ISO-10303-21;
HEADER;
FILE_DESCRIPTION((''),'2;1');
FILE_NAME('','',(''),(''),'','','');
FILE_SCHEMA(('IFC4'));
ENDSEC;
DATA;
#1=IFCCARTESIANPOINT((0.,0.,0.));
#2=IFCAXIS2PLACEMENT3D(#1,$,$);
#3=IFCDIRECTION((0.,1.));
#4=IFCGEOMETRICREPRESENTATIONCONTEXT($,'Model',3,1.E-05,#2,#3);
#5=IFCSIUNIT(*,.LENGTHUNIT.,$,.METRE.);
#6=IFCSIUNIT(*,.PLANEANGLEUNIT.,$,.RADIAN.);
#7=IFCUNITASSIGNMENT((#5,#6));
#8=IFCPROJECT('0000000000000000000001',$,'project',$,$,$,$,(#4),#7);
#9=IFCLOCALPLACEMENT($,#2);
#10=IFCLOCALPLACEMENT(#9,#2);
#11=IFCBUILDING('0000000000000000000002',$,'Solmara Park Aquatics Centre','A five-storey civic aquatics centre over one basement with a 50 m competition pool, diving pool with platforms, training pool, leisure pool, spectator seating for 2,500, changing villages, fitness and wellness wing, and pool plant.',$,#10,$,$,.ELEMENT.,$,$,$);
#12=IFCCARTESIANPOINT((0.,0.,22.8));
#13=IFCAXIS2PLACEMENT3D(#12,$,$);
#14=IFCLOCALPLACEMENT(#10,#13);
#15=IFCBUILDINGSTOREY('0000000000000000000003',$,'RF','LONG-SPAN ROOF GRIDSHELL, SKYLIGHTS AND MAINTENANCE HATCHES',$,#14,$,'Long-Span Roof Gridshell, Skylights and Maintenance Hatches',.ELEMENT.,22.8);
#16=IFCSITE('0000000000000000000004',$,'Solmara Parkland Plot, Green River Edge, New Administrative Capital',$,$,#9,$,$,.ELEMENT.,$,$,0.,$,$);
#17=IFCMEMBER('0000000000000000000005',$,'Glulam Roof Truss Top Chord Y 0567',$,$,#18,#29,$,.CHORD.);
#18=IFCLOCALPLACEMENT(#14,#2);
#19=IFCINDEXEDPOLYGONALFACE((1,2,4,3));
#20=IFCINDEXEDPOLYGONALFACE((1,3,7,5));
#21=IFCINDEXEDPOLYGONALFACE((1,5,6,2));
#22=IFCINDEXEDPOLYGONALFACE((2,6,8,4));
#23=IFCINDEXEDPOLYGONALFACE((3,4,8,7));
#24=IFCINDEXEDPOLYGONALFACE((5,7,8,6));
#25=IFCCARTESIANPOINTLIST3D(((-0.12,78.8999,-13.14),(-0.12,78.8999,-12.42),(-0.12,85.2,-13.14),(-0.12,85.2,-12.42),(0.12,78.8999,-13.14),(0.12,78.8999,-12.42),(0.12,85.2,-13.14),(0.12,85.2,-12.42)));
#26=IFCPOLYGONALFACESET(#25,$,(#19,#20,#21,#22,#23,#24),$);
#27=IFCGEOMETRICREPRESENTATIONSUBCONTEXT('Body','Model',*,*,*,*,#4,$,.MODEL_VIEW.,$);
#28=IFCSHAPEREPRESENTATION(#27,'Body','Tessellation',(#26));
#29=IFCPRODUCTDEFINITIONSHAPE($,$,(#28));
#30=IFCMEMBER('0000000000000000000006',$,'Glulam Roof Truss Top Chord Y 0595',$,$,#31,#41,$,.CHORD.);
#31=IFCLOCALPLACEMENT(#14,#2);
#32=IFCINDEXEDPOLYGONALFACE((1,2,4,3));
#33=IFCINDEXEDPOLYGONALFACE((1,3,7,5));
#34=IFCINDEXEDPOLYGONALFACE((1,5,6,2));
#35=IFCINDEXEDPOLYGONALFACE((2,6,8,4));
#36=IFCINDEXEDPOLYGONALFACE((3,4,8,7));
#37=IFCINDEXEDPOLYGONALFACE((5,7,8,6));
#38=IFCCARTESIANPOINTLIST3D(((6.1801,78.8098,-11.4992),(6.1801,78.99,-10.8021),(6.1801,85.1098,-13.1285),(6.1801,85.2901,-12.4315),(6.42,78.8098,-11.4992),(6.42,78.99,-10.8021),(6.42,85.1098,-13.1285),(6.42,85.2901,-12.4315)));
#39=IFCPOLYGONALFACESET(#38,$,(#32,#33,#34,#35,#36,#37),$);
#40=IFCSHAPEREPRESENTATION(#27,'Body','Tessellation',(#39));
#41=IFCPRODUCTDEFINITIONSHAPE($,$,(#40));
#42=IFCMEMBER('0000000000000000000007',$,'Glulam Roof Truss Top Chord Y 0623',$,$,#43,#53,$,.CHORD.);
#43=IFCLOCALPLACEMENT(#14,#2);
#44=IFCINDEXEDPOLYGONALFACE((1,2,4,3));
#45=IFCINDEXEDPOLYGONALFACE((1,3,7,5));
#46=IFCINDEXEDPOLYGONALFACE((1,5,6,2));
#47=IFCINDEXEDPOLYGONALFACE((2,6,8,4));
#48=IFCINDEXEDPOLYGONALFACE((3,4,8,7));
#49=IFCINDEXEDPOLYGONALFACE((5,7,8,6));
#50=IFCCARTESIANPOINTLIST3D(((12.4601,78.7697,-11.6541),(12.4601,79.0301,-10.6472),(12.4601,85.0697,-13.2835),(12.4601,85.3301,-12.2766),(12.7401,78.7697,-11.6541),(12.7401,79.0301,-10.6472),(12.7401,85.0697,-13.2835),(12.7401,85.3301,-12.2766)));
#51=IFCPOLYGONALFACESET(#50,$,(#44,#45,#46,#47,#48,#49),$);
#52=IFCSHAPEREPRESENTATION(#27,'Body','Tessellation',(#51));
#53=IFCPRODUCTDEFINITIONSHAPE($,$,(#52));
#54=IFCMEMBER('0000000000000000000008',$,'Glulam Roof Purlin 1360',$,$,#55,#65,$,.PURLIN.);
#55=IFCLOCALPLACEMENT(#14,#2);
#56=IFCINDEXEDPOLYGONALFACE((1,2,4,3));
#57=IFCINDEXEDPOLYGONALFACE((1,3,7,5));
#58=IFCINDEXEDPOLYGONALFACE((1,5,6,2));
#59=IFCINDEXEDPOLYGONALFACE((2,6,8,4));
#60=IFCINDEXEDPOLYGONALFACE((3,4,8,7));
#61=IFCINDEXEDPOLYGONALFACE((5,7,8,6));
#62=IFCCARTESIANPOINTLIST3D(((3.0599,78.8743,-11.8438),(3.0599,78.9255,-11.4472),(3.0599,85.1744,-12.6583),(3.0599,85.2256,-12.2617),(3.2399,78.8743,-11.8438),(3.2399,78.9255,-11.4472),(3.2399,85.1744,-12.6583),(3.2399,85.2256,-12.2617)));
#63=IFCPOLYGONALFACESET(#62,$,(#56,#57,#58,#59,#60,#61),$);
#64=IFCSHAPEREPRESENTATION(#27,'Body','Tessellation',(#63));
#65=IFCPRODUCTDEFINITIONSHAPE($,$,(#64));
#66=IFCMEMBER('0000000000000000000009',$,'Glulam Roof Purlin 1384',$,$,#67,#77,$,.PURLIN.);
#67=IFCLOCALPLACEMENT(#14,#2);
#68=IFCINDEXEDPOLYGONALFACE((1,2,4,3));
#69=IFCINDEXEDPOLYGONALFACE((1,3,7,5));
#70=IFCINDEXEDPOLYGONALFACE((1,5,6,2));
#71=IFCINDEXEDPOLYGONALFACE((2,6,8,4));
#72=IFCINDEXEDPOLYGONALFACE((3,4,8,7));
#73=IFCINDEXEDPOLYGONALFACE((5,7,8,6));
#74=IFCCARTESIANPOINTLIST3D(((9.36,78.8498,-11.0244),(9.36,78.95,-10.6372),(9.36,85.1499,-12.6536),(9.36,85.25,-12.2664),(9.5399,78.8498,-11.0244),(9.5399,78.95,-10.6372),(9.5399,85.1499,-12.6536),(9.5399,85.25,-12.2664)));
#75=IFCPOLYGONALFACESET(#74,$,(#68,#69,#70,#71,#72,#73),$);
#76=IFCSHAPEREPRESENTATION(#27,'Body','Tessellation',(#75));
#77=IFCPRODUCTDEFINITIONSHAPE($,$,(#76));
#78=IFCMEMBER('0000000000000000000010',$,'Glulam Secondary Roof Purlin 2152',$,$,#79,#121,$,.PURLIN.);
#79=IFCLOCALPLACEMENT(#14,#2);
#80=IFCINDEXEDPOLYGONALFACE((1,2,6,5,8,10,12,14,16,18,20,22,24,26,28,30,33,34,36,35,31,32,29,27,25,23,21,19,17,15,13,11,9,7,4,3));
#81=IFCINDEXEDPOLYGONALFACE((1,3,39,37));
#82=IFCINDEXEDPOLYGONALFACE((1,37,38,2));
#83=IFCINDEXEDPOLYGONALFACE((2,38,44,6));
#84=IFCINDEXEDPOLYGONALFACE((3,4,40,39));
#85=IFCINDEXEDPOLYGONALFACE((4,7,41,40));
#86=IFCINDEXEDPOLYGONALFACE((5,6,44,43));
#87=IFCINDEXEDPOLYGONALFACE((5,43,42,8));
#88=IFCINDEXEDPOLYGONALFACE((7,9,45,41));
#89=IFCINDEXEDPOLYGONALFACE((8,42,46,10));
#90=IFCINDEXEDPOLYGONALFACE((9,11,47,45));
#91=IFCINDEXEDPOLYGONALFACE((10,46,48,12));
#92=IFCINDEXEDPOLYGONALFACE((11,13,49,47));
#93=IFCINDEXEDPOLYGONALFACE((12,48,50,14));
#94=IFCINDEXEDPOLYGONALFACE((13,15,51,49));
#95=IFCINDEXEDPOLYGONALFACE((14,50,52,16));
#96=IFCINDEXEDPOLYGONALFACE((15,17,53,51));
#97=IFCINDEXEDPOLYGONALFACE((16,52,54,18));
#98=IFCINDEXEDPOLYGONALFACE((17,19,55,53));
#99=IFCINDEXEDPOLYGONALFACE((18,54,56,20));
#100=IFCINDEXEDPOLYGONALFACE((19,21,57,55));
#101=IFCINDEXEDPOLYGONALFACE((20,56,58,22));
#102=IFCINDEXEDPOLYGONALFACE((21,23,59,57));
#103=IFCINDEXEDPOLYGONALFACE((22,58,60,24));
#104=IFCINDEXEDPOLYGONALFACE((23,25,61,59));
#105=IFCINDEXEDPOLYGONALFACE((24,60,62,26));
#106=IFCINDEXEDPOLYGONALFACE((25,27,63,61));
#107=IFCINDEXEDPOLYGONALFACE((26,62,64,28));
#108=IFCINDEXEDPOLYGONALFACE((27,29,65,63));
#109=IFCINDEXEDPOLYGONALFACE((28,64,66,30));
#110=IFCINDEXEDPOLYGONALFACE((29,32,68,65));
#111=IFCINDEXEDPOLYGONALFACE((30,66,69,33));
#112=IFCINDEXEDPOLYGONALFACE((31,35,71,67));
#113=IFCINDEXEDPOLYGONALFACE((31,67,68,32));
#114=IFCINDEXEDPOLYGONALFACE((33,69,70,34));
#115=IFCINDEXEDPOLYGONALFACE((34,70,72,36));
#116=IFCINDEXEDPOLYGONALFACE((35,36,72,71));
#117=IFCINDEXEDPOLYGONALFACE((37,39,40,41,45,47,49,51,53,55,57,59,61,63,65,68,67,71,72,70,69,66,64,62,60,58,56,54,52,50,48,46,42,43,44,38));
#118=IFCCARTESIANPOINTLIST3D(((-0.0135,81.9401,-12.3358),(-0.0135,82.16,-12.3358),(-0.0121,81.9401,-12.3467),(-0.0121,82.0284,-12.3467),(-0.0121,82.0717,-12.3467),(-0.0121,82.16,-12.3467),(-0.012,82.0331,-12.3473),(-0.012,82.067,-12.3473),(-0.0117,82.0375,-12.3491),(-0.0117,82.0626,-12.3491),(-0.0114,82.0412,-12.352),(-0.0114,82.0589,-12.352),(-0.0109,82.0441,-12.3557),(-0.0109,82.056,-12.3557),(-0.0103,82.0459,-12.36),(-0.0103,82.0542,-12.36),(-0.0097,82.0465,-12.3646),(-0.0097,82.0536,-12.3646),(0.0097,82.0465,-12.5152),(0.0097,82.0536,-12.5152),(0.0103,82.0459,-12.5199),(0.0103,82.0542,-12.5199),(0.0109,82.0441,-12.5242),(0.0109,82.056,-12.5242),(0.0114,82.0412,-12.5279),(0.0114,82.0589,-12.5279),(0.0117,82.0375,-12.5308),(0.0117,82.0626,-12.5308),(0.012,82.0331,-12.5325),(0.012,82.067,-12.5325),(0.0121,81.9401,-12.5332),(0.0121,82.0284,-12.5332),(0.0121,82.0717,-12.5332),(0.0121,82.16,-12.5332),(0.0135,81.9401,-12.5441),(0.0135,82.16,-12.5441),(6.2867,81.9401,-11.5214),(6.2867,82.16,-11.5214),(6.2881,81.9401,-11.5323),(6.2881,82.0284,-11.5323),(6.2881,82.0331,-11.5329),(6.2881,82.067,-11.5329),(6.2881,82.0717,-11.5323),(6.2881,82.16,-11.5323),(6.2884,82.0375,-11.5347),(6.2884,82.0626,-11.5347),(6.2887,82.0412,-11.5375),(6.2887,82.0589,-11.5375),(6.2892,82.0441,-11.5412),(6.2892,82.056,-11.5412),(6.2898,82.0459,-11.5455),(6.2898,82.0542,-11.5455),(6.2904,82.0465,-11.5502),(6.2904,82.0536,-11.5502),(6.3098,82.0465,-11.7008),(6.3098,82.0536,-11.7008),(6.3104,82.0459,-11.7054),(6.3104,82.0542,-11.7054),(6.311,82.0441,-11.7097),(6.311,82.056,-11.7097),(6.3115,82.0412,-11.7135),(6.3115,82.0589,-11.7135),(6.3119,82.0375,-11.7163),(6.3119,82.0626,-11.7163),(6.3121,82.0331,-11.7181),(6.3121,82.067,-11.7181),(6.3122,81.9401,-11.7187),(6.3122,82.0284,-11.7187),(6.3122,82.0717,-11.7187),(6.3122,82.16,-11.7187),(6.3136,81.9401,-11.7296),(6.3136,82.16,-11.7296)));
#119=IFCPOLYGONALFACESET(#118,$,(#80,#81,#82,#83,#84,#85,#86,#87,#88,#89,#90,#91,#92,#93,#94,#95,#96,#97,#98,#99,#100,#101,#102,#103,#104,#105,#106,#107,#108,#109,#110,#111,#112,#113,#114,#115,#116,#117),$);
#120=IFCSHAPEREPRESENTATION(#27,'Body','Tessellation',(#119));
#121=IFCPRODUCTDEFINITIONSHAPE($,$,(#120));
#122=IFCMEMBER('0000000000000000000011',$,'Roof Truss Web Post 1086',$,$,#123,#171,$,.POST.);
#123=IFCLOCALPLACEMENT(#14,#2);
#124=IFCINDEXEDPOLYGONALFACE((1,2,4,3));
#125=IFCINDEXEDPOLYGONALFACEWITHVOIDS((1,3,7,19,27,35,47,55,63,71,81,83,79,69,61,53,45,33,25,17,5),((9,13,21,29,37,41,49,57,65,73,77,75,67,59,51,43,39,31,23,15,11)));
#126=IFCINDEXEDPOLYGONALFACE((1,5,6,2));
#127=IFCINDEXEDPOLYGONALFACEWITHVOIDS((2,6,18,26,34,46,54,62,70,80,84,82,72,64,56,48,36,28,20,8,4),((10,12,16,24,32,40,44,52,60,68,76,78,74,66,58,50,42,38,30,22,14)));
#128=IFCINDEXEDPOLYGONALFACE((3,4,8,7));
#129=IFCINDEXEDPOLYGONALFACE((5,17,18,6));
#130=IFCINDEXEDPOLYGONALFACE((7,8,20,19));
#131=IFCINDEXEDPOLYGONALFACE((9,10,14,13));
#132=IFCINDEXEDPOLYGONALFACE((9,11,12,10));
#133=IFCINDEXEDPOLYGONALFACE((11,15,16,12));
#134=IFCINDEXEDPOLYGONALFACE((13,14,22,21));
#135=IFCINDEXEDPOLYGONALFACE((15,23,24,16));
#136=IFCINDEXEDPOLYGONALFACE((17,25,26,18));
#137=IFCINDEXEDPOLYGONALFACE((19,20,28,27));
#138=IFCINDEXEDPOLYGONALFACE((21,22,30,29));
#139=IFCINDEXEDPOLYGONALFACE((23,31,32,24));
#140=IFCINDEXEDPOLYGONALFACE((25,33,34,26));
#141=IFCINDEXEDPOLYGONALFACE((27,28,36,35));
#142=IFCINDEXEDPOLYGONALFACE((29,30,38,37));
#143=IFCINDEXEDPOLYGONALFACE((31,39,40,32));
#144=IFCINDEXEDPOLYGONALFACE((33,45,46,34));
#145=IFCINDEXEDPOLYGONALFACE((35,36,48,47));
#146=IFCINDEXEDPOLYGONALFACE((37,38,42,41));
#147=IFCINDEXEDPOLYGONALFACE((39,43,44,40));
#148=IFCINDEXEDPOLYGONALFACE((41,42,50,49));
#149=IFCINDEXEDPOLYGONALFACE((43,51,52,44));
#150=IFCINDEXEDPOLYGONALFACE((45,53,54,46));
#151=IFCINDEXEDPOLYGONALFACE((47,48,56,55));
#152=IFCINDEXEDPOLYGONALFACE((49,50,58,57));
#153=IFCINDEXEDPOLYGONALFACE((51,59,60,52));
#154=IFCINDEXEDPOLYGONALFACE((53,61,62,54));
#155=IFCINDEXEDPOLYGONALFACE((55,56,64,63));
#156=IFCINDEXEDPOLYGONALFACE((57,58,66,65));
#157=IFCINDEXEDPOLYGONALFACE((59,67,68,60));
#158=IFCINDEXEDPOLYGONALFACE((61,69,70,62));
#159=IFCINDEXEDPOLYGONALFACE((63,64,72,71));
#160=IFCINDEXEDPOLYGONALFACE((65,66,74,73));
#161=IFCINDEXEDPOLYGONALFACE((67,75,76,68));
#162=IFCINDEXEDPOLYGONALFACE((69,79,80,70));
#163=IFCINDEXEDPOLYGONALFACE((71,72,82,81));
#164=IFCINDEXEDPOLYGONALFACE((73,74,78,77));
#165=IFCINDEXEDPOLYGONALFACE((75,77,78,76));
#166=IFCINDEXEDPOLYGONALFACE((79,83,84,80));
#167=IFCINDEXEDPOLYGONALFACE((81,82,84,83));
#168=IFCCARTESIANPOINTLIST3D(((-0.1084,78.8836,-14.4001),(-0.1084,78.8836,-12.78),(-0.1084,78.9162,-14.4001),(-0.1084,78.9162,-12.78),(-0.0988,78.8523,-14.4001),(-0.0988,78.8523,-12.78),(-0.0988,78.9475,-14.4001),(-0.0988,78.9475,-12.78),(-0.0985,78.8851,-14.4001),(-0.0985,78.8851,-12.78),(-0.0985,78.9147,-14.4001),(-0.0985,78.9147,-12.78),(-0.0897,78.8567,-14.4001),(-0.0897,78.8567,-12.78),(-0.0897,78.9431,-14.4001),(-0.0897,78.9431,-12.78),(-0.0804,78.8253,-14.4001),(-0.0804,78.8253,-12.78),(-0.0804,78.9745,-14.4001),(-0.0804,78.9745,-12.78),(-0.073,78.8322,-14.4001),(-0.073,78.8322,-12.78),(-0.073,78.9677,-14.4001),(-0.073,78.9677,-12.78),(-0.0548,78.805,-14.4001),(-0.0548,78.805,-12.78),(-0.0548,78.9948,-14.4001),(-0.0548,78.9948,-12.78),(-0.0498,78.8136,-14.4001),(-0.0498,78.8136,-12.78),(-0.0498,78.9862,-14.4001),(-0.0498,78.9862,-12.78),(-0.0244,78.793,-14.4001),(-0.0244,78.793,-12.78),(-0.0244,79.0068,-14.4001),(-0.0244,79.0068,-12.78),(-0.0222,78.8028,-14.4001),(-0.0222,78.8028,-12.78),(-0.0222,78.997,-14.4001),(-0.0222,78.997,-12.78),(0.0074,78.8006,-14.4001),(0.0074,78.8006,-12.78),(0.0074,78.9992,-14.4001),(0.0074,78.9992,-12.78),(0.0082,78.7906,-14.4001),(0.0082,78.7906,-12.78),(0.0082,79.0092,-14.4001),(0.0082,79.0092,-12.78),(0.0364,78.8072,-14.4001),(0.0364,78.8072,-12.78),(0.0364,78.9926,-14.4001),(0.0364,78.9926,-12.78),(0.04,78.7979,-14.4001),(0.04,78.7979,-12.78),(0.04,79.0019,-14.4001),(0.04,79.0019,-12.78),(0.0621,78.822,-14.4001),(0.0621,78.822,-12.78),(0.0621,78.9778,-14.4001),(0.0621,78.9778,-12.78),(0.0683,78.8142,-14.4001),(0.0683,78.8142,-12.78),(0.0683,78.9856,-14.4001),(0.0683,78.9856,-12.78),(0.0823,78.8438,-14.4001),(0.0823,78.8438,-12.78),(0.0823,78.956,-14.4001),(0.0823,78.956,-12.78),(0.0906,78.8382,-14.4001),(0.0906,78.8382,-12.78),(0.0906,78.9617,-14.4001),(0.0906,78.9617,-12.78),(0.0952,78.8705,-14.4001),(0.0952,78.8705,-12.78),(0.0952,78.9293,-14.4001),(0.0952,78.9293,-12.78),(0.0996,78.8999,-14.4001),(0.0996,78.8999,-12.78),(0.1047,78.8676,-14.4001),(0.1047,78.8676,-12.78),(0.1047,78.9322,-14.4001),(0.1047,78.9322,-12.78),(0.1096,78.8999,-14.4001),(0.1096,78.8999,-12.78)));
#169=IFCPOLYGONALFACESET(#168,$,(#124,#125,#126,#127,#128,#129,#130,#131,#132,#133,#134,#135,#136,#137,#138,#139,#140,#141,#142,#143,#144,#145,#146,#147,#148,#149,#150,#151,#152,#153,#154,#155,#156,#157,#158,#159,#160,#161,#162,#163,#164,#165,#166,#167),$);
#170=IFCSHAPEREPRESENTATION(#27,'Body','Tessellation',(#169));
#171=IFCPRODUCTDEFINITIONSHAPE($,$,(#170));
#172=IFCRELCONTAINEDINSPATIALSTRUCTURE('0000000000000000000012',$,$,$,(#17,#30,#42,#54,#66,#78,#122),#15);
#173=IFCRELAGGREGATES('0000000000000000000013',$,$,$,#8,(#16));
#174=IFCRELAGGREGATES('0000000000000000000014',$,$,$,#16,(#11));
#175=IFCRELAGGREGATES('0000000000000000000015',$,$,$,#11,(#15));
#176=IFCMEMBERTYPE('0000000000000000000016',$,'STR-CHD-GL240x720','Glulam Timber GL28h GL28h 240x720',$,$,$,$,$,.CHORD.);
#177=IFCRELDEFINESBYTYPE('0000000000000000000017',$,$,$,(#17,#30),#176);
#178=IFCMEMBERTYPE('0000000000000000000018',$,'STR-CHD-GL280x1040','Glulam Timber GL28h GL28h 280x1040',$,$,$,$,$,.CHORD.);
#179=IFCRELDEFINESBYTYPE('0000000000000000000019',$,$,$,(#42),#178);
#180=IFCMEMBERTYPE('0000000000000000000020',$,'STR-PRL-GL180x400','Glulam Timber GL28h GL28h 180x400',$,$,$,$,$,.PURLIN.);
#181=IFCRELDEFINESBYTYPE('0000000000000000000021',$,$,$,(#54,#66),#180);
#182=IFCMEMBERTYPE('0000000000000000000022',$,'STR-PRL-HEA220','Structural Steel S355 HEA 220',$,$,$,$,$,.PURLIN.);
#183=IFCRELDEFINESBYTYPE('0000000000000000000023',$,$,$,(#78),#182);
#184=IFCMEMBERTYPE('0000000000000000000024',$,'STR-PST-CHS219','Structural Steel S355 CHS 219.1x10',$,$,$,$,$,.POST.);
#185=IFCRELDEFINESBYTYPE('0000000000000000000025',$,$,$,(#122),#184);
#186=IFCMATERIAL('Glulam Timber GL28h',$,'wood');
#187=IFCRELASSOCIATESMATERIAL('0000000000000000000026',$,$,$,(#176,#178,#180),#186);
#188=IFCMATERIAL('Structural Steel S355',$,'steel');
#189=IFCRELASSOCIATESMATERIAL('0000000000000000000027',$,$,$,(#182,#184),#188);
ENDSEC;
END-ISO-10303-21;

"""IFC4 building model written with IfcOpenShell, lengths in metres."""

from ifc_helpers import new_model, si_unit, direction, frame, origin, origin_2d, place, context, subcontext, project, spatial, rectangle, hollow_circle, i_section, extrude, material, material_profile, profile_set, type_object, element, save


model = new_model("IFC4")

# Units and contexts
model_context = context("Model", 3, precision=1e-05, world=origin(), true_north=direction((0.0, 1.0)))
body_context = subcontext(model_context, "Body", "Model", "MODEL_VIEW")
ifc_project = project(units=[si_unit("LENGTHUNIT", "METRE"), si_unit("PLANEANGLEUNIT", "RADIAN")], contexts=[model_context])

# Site, building, storey
site_placement = place(None, origin())
site = spatial("IfcSite", under=ifc_project, at=site_placement, Name="Solmara Parkland Plot, Green River Edge, New Administrative Capital", CompositionType="ELEMENT", RefElevation=0.0)
building_placement = place(site_placement, origin())
building = spatial("IfcBuilding", under=site, at=building_placement, Name="Solmara Park Aquatics Centre", Description="A five-storey civic aquatics centre over one basement with a 50 m competition pool, diving pool with platforms, training pool, leisure pool, spectator seating for 2,500, changing villages, fitness and wellness wing, and pool plant.", CompositionType="ELEMENT")
storey_placement = place(building_placement, frame((0.0, 0.0, 22.8)))
storey = spatial("IfcBuildingStorey", under=building, at=storey_placement, Name="RF", Description="LONG-SPAN ROOF GRIDSHELL, SKYLIGHTS AND MAINTENANCE HATCHES", LongName="Long-Span Roof Gridshell, Skylights and Maintenance Hatches", CompositionType="ELEMENT", Elevation=22.8)

# Members
ifc_material_1 = material(Name="Structural Steel S355", Category="steel")
ifc_material_2 = material(Name="Glulam Timber GL28h", Category="wood")
ifc_material_profile_1 = material_profile(ifc_material_2, rectangle(XDim=0.24, YDim=0.72, at=origin_2d()), Name="GL28h 240x720")
ifc_profile_set_1 = profile_set([ifc_material_profile_1], Name="Glulam Timber GL28h")
member_type_1 = type_object("IfcMemberType", Name="STR-CHD-GL240x720", Description="Glulam Timber GL28h GL28h 240x720", PredefinedType="CHORD", material=ifc_profile_set_1)
member_1_placement = place(storey_placement, frame((0.0, 78.8999, -12.78), z_axis=(0.0, 1.0, 0.0), x_axis=(-1.0, 0.0, 0.0)))
element("IfcMember", 1, at=member_1_placement, inside=storey, type_object=member_type_1, Name="Glulam Roof Truss Top Chord Y 0567", PredefinedType="CHORD", context=body_context, shape_type="SweptSolid", body=[
    extrude(rectangle(XDim=0.24, YDim=0.72, at=origin_2d()), origin(), (0.0, 0.0, 1.0), 6.3),
])
member_2_placement = place(storey_placement, frame((6.3, 78.8999, -11.1506), z_axis=(0.0, 0.968144, -0.250393), x_axis=(-1.0, 0.0, 0.0)))
element("IfcMember", 2, at=member_2_placement, inside=storey, type_object=member_type_1, Name="Glulam Roof Truss Top Chord Y 0595", PredefinedType="CHORD", context=body_context, shape_type="SweptSolid", body=[
    extrude(rectangle(XDim=0.24, YDim=0.72, at=origin_2d()), origin(), (0.0, 0.0, 1.0), 6.5073),
])
ifc_material_profile_2 = material_profile(ifc_material_2, rectangle(XDim=0.28, YDim=1.04, at=origin_2d()), Name="GL28h 280x1040")
ifc_profile_set_2 = profile_set([ifc_material_profile_2], Name="Glulam Timber GL28h")
member_type_2 = type_object("IfcMemberType", Name="STR-CHD-GL280x1040", Description="Glulam Timber GL28h GL28h 280x1040", PredefinedType="CHORD", material=ifc_profile_set_2)
member_3_placement = place(storey_placement, frame((12.6001, 78.8999, -11.1506), z_axis=(0.0, 0.968144, -0.250393), x_axis=(-1.0, 0.0, 0.0)))
element("IfcMember", 3, at=member_3_placement, inside=storey, type_object=member_type_2, Name="Glulam Roof Truss Top Chord Y 0623", PredefinedType="CHORD", context=body_context, shape_type="SweptSolid", body=[
    extrude(rectangle(XDim=0.28, YDim=1.04, at=origin_2d()), origin(), (0.0, 0.0, 1.0), 6.5073),
])
ifc_material_profile_3 = material_profile(ifc_material_2, rectangle(XDim=0.1799, YDim=0.3999, at=origin_2d()), Name="GL28h 180x400")
ifc_profile_set_3 = profile_set([ifc_material_profile_3], Name="Glulam Timber GL28h")
member_type_3 = type_object("IfcMemberType", Name="STR-PRL-GL180x400", Description="Glulam Timber GL28h GL28h 180x400", PredefinedType="PURLIN", material=ifc_profile_set_3)
member_4_placement = place(storey_placement, frame((3.1499, 78.8999, -11.6455), z_axis=(0.0, 0.991747, -0.12821), x_axis=(-1.0, 0.0, 0.0)))
element("IfcMember", 4, at=member_4_placement, inside=storey, type_object=member_type_3, Name="Glulam Roof Purlin 1360", PredefinedType="PURLIN", context=body_context, shape_type="SweptSolid", body=[
    extrude(rectangle(XDim=0.1799, YDim=0.3999, at=origin_2d()), origin(), (0.0, 0.0, 1.0), 6.3525),
])
member_5_placement = place(storey_placement, frame((9.45, 78.8999, -10.8308), z_axis=(0.0, 0.968153, -0.250358), x_axis=(-1.0, 0.0, 0.0)))
element("IfcMember", 5, at=member_5_placement, inside=storey, type_object=member_type_3, Name="Glulam Roof Purlin 1384", PredefinedType="PURLIN", context=body_context, shape_type="SweptSolid", body=[
    extrude(rectangle(XDim=0.1799, YDim=0.3999, at=origin_2d()), origin(), (0.0, 0.0, 1.0), 6.5073),
])
ifc_material_profile_4 = material_profile(ifc_material_1, i_section(OverallWidth=0.22, OverallDepth=0.21, WebThickness=0.0071, FlangeThickness=0.011, FilletRadius=0.0181, at=origin_2d()), Name="HEA 220")
ifc_profile_set_4 = profile_set([ifc_material_profile_4], Name="Structural Steel S355")
member_type_4 = type_object("IfcMemberType", Name="STR-PRL-HEA220", Description="Structural Steel S355 HEA 220", PredefinedType="PURLIN", material=ifc_profile_set_4)
member_6_placement = place(storey_placement, frame((0.0, 82.05, -12.4399), z_axis=(0.991747, 0.0, 0.12821), x_axis=(0.0, 1.0, 0.0)))
element("IfcMember", 6, at=member_6_placement, inside=storey, type_object=member_type_4, Name="Glulam Secondary Roof Purlin 2152", PredefinedType="PURLIN", context=body_context, shape_type="SweptSolid", body=[
    extrude(i_section(OverallWidth=0.22, OverallDepth=0.21, WebThickness=0.0071, FlangeThickness=0.011, FilletRadius=0.0181, at=origin_2d()), origin(), (0.0, 0.0, 1.0), 6.3525),
])
ifc_material_profile_5 = material_profile(ifc_material_1, hollow_circle(Radius=0.1096, WallThickness=0.01, at=origin_2d()), Name="CHS 219.1x10")
ifc_profile_set_5 = profile_set([ifc_material_profile_5], Name="Structural Steel S355")
member_type_5 = type_object("IfcMemberType", Name="STR-PST-CHS219", Description="Structural Steel S355 CHS 219.1x10", PredefinedType="POST", material=ifc_profile_set_5)
for number, where, z_axis, x_axis, name in (
    (7, (0.0, 78.8999, -14.4001), (0.0, 0.0, 1.0), (1.0, 0.0, 0.0), "Roof Truss Web Post 1086"),
):
    element("IfcMember", number, at=place(storey_placement, frame(where, z_axis=z_axis, x_axis=x_axis)), inside=storey, type_object=member_type_5, Name=name, PredefinedType="POST", context=body_context, shape_type="SweptSolid", body=[
        extrude(hollow_circle(Radius=0.1096, WallThickness=0.01, at=origin_2d()), origin(), (0.0, 0.0, 1.0), 1.6201),
    ])

save(model, "model.ifc")
